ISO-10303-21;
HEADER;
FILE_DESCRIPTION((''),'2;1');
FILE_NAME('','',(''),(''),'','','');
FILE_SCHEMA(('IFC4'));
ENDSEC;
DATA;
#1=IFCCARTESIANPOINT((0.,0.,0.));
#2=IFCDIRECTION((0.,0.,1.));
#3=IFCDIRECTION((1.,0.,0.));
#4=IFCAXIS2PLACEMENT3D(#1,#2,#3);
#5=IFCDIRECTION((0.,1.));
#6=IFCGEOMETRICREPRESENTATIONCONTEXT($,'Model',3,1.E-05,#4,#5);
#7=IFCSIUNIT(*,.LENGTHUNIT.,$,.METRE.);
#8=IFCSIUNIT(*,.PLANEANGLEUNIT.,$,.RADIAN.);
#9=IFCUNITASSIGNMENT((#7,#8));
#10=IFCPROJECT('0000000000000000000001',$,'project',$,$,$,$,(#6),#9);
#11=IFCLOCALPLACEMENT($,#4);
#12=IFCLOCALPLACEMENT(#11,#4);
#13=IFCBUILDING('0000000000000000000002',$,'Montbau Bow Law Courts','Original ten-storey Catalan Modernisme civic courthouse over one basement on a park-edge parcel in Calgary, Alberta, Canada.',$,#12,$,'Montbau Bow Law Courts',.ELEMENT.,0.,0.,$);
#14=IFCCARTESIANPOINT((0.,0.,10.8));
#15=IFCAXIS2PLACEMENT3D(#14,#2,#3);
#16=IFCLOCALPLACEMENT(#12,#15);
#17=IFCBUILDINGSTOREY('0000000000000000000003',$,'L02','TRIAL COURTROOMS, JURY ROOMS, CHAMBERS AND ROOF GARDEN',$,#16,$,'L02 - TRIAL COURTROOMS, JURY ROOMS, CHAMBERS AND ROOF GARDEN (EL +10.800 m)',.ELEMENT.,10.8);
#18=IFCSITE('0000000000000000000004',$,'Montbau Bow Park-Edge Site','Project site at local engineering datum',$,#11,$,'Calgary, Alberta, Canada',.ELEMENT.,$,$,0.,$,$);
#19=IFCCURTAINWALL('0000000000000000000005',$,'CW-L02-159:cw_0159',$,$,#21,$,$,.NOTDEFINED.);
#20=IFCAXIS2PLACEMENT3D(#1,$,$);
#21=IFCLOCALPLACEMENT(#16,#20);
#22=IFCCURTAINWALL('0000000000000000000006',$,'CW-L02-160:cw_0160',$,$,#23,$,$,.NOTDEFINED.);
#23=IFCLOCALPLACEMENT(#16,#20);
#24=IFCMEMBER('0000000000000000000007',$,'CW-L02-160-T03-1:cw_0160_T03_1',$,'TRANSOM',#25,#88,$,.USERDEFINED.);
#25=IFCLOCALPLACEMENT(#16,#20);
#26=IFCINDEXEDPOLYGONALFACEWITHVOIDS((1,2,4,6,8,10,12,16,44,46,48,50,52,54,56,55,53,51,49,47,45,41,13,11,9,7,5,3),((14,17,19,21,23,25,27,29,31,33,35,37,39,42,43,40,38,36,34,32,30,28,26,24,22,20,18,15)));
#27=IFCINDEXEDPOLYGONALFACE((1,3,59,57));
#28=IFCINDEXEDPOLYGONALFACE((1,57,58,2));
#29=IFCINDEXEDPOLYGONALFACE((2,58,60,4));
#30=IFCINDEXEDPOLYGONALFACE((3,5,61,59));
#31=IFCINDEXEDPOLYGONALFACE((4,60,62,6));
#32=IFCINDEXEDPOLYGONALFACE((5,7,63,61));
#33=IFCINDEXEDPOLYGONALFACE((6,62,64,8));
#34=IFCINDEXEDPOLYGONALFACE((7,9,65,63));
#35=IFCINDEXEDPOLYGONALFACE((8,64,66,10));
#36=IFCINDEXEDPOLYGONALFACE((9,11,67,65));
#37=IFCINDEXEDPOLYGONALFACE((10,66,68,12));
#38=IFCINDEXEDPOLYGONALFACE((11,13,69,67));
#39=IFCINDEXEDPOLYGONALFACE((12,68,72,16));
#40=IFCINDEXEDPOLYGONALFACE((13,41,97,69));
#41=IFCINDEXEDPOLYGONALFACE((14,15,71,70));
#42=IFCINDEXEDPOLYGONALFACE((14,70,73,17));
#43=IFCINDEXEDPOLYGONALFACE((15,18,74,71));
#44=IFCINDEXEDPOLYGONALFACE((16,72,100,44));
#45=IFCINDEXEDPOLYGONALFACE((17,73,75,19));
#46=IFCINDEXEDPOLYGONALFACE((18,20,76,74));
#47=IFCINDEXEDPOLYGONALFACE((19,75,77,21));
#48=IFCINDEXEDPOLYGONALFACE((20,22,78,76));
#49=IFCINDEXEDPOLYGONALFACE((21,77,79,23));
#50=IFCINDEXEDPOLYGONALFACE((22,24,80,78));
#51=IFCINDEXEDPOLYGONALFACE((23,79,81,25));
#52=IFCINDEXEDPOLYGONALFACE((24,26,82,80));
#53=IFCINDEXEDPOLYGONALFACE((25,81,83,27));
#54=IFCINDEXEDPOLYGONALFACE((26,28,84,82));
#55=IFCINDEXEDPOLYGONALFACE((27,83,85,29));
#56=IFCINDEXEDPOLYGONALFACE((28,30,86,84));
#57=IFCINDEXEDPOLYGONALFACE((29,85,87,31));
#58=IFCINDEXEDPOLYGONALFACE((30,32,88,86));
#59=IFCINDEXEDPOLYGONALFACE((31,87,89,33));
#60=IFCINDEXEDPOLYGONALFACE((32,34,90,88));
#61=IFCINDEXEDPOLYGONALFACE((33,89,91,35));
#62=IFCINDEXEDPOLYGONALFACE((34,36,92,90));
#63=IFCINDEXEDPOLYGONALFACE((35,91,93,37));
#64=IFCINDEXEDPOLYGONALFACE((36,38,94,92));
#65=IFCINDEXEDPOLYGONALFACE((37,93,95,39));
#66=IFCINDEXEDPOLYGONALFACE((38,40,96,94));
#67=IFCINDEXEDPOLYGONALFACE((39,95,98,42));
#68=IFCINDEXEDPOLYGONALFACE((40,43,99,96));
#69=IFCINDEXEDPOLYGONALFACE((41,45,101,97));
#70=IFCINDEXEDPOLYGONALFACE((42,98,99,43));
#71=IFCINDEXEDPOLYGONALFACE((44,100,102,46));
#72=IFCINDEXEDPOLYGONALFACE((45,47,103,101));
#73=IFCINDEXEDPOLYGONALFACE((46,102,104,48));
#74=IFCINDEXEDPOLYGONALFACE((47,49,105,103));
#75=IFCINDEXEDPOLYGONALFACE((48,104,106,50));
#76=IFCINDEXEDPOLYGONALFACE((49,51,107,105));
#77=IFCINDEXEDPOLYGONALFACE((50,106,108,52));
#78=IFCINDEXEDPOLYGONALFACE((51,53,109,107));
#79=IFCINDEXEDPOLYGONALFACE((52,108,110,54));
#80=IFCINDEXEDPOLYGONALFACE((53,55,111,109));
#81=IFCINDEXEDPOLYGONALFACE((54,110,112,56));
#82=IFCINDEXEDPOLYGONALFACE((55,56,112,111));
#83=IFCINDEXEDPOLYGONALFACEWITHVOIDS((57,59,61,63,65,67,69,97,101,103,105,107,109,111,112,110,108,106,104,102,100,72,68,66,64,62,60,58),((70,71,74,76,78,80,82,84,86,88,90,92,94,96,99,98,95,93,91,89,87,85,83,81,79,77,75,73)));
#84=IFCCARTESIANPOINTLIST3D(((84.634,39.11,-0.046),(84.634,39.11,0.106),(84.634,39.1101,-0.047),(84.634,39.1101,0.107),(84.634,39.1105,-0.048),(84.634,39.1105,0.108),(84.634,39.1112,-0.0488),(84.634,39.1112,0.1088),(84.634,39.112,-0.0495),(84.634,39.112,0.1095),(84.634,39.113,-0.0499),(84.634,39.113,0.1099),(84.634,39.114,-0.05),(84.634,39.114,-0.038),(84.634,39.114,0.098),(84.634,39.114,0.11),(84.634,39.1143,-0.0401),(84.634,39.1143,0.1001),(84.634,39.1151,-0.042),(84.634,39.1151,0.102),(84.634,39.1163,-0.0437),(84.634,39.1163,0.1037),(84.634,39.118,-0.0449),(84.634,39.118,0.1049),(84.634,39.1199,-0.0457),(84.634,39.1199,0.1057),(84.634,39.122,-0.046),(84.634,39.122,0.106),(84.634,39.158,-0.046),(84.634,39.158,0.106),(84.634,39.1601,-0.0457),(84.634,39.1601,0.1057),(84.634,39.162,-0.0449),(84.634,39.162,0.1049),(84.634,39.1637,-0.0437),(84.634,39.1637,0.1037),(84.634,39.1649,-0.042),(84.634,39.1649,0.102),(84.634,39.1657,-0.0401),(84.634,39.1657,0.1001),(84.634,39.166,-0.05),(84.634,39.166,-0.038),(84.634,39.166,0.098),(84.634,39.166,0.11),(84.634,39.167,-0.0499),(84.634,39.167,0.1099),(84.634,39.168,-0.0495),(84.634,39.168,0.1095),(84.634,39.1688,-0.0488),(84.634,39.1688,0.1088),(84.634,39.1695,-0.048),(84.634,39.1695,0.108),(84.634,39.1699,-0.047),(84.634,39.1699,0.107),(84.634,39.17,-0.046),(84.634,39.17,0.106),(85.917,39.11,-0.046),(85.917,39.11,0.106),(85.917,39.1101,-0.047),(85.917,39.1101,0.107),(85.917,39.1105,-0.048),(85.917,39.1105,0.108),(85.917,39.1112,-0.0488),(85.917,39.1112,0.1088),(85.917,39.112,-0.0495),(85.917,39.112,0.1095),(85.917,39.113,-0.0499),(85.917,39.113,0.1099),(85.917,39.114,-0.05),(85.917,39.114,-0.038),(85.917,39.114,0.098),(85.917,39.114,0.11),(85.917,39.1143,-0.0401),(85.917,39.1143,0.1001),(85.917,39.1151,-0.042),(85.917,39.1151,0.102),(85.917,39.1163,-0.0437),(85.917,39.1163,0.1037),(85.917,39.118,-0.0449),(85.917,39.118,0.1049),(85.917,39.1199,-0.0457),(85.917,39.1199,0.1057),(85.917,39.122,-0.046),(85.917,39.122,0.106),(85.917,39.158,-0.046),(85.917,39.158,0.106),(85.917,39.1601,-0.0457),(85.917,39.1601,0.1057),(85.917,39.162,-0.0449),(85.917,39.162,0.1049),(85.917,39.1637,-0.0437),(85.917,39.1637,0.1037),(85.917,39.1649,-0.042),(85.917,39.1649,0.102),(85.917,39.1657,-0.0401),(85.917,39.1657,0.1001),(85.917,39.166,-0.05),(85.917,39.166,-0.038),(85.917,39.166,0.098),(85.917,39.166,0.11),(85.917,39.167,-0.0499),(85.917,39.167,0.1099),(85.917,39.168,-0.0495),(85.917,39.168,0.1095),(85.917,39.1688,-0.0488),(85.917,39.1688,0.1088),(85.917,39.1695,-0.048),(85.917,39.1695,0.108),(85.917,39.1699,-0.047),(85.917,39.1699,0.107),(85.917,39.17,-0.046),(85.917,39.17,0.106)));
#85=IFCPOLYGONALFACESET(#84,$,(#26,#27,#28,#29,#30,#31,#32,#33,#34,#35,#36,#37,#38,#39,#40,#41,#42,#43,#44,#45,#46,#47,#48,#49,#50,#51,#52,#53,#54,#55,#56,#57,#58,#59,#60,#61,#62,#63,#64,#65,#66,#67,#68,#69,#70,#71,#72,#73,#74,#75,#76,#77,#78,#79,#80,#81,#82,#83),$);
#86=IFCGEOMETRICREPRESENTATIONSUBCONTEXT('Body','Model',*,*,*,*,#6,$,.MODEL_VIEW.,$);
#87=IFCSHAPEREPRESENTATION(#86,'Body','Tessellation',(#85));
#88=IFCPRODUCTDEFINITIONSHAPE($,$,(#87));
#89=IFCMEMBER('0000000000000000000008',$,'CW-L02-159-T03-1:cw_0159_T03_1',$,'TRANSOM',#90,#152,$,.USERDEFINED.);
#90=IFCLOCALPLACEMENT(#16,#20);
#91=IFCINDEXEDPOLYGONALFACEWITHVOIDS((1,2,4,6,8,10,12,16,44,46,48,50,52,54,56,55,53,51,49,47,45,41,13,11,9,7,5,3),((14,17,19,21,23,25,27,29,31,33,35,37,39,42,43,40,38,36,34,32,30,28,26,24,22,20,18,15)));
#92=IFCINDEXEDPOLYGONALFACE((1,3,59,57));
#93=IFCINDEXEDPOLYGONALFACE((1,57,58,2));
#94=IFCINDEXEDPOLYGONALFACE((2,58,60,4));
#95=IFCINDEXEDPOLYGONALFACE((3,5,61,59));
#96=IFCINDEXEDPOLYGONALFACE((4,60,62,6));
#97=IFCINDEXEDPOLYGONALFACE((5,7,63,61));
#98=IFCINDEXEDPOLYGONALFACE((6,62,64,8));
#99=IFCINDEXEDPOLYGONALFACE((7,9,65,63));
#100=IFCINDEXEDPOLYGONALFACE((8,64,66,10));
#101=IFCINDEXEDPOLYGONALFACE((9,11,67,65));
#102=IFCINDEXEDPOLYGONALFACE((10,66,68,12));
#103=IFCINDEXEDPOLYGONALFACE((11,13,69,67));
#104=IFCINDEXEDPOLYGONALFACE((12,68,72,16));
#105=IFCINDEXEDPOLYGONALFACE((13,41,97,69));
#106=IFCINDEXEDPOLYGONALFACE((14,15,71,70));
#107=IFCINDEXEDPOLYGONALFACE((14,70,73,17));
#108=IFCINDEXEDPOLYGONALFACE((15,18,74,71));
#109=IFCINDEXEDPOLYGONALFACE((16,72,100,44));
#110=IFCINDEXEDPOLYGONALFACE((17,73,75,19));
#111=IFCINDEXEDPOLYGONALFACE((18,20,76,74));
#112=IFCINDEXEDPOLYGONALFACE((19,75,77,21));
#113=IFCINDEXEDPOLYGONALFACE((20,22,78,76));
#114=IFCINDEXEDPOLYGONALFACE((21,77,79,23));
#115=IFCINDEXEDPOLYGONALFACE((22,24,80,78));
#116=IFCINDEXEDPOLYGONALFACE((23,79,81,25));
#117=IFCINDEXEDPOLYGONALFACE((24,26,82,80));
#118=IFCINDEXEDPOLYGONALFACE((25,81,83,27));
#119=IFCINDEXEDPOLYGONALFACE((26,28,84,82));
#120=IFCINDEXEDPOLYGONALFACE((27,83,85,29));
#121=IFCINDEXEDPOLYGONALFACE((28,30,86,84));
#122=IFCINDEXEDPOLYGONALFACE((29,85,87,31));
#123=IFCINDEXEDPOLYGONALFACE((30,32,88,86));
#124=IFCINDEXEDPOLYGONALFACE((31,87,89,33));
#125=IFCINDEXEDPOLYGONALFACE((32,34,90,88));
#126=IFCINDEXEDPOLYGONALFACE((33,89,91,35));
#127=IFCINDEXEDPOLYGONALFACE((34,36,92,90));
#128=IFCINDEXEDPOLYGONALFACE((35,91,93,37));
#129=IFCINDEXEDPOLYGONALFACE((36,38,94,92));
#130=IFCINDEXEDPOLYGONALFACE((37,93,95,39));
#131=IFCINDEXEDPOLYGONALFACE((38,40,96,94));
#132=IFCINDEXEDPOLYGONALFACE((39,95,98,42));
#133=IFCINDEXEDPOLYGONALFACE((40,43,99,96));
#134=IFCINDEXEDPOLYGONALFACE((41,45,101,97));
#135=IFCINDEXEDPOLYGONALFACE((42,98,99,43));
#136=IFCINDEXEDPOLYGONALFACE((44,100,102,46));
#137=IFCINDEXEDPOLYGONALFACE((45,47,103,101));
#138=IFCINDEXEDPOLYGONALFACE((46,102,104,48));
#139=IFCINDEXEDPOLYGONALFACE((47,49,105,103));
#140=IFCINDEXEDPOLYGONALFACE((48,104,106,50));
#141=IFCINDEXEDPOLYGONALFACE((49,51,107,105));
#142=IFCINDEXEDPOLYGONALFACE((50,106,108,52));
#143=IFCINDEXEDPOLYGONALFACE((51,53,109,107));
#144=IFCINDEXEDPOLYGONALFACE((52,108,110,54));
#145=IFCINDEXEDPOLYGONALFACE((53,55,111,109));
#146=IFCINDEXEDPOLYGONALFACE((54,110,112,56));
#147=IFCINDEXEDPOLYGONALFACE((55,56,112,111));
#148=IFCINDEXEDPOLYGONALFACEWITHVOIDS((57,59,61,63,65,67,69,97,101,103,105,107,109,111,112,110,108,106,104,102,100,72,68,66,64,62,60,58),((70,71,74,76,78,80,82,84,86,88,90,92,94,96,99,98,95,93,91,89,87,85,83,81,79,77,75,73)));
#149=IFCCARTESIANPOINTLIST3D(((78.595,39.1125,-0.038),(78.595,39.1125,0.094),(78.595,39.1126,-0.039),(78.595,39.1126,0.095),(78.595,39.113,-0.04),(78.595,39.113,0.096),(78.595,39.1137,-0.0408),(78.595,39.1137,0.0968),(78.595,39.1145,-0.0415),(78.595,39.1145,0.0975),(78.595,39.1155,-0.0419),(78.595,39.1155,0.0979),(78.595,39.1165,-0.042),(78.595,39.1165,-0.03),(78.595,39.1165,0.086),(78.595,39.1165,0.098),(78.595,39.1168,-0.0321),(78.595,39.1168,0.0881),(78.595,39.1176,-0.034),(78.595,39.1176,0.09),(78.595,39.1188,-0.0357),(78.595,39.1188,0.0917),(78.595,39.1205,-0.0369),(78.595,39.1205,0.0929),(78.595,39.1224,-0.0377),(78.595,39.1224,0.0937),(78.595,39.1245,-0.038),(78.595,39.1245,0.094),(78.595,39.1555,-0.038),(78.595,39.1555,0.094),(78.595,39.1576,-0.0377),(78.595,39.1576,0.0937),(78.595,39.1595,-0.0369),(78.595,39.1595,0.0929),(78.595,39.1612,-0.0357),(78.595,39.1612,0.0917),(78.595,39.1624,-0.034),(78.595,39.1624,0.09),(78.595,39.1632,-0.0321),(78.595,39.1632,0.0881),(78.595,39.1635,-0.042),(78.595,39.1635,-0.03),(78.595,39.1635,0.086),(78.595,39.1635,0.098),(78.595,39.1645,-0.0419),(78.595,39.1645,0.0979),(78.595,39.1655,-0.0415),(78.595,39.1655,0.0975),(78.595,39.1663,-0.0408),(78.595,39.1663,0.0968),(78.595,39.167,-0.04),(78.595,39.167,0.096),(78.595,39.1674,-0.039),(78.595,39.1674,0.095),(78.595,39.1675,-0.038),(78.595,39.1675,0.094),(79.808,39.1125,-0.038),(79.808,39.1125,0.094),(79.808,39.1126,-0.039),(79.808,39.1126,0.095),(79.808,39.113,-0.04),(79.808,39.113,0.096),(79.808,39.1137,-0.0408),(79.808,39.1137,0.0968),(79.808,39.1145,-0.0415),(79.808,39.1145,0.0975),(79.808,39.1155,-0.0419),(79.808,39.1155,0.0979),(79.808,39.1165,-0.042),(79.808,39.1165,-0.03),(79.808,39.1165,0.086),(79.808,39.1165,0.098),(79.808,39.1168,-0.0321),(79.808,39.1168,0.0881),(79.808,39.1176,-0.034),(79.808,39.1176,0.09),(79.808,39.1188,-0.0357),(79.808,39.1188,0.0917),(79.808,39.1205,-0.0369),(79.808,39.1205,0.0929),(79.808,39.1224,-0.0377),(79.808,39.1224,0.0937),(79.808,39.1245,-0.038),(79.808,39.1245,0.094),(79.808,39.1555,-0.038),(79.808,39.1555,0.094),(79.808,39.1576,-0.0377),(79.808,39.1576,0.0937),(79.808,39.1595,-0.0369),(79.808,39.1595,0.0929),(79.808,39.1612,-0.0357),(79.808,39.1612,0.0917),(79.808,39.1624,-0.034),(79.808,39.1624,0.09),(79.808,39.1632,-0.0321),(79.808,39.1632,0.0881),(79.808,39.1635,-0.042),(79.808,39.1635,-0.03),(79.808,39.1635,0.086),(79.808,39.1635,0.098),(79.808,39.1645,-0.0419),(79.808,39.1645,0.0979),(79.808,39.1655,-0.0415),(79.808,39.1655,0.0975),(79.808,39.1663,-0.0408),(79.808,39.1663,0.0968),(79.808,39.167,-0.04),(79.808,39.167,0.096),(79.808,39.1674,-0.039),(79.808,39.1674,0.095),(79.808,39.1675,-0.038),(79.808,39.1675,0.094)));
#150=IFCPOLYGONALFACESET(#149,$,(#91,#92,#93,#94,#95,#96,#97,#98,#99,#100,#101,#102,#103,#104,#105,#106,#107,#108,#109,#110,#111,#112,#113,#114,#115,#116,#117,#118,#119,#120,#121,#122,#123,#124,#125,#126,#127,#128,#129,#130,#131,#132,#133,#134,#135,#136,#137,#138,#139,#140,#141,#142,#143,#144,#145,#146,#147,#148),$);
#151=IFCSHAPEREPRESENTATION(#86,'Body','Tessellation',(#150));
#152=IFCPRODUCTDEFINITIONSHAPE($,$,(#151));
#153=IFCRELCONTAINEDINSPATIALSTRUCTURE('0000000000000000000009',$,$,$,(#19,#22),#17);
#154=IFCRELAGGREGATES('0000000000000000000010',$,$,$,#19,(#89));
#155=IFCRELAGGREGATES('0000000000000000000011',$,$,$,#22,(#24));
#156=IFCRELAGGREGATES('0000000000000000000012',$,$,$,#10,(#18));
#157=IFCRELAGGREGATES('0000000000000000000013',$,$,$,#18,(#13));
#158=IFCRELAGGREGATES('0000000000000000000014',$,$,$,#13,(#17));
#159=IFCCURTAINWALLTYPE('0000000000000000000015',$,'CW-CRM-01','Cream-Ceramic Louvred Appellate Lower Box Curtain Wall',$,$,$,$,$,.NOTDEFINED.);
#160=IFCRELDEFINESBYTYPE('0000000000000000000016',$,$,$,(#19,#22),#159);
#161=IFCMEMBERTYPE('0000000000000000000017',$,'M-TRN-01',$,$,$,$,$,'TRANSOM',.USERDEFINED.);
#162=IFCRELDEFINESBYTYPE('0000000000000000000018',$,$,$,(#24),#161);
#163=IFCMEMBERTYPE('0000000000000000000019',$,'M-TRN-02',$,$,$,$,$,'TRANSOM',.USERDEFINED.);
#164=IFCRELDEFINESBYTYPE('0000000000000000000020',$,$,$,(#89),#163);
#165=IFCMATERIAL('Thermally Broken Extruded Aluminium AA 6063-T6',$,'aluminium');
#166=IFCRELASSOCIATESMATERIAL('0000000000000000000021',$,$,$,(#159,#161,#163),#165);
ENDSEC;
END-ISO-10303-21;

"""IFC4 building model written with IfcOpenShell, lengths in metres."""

from ifc_helpers import new_model, si_unit, direction, frame, origin_with_axes, origin_2d_with_axis, place, context, subcontext, project, spatial, hollow_rectangle, extrude, material, material_profile, profile_set, type_object, element, aggregate, save


model = new_model("IFC4")

# Units and contexts
model_context = context("Model", 3, precision=1e-05, world=origin_with_axes(), true_north=direction((0.0, 1.0)))
body_context = subcontext(model_context, "Body", "Model", "MODEL_VIEW")
ifc_project = project(units=[si_unit("LENGTHUNIT", "METRE"), si_unit("PLANEANGLEUNIT", "RADIAN")], contexts=[model_context])

# Site, building, storey
site_placement = place(None, origin_with_axes())
site = spatial("IfcSite", under=ifc_project, at=site_placement, Name="Montbau Bow Park-Edge Site", Description="Project site at local engineering datum", LongName="Calgary, Alberta, Canada", CompositionType="ELEMENT", RefElevation=0.0)
building_placement = place(site_placement, origin_with_axes())
building = spatial("IfcBuilding", under=site, at=building_placement, Name="Montbau Bow Law Courts", Description="Original ten-storey Catalan Modernisme civic courthouse over one basement on a park-edge parcel in Calgary, Alberta, Canada.", LongName="Montbau Bow Law Courts", CompositionType="ELEMENT", ElevationOfRefHeight=0.0, ElevationOfTerrain=0.0)
storey_placement = place(building_placement, frame((0.0, 0.0, 10.8), z_axis=(0.0, 0.0, 1.0), x_axis=(1.0, 0.0, 0.0)))
storey = spatial("IfcBuildingStorey", under=building, at=storey_placement, Name="L02", Description="TRIAL COURTROOMS, JURY ROOMS, CHAMBERS AND ROOF GARDEN", LongName="L02 - TRIAL COURTROOMS, JURY ROOMS, CHAMBERS AND ROOF GARDEN (EL +10.800 m)", CompositionType="ELEMENT", Elevation=10.8)

# Curtain wall
ifc_material_1 = material(Name="Thermally Broken Extruded Aluminium AA 6063-T6", Category="aluminium")
curtain_wall_type = type_object("IfcCurtainWallType", Name="CW-CRM-01", Description="Cream-Ceramic Louvred Appellate Lower Box Curtain Wall", PredefinedType="NOTDEFINED", material=ifc_material_1)
curtain_wall_1_placement = place(None, frame((75.897, 39.14, 10.8), z_axis=(0.0, 0.0, 1.0), x_axis=(1.0, 0.0, 0.0)))
curtain_wall_1 = element("IfcCurtainWall", 1, at=curtain_wall_1_placement, inside=storey, type_object=curtain_wall_type, Name="CW-L02-159:cw_0159", PredefinedType="NOTDEFINED")

# Curtain wall, member
curtain_wall_2_placement = place(None, frame((81.897, 39.14, 10.8), z_axis=(0.0, 0.0, 1.0), x_axis=(1.0, 0.0, 0.0)))
curtain_wall_2 = element("IfcCurtainWall", 2, at=curtain_wall_2_placement, inside=storey, type_object=curtain_wall_type, Name="CW-L02-160:cw_0160", PredefinedType="NOTDEFINED")
ifc_material_profile_1 = material_profile(ifc_material_1, hollow_rectangle(XDim=0.06, YDim=0.16, WallThickness=0.004, InnerFilletRadius=0.008, OuterFilletRadius=0.004, at=origin_2d_with_axis()), Name="CWT-160X60", Category="Main", Priority=0)
ifc_profile_set_1 = profile_set([ifc_material_profile_1], Name="Thermally Broken Extruded Aluminium AA 6063-T6")
member_type_1 = type_object("IfcMemberType", Name="M-TRN-01", ElementType="TRANSOM", PredefinedType="USERDEFINED", material=ifc_profile_set_1)
member_1_placement = place(None, frame((84.634, 39.14, 10.83), z_axis=(1.0, 0.0, 0.0), x_axis=(0.0, 1.0, 0.0)))
member_1 = element("IfcMember", 3, at=member_1_placement, type_object=member_type_1, Name="CW-L02-160-T03-1:cw_0160_T03_1", ObjectType="TRANSOM", PredefinedType="USERDEFINED", context=body_context, shape_type="SweptSolid", body=[
    extrude(hollow_rectangle(XDim=0.06, YDim=0.16, WallThickness=0.004, InnerFilletRadius=0.008, OuterFilletRadius=0.004, at=origin_2d_with_axis()), origin_with_axes(), (0.0, 0.0, 1.0), 1.283),
])

# Member
ifc_material_profile_2 = material_profile(ifc_material_1, hollow_rectangle(XDim=0.055, YDim=0.14, WallThickness=0.004, InnerFilletRadius=0.008, OuterFilletRadius=0.004, at=origin_2d_with_axis()), Name="CWT-140X55", Category="Main", Priority=0)
ifc_profile_set_2 = profile_set([ifc_material_profile_2], Name="Thermally Broken Extruded Aluminium AA 6063-T6")
member_type_2 = type_object("IfcMemberType", Name="M-TRN-02", ElementType="TRANSOM", PredefinedType="USERDEFINED", material=ifc_profile_set_2)
member_2_placement = place(None, frame((78.595, 39.14, 10.828), z_axis=(1.0, 0.0, 0.0), x_axis=(0.0, 1.0, 0.0)))
member_2 = element("IfcMember", 4, at=member_2_placement, type_object=member_type_2, Name="CW-L02-159-T03-1:cw_0159_T03_1", ObjectType="TRANSOM", PredefinedType="USERDEFINED", context=body_context, shape_type="SweptSolid", body=[
    extrude(hollow_rectangle(XDim=0.055, YDim=0.14, WallThickness=0.004, InnerFilletRadius=0.008, OuterFilletRadius=0.004, at=origin_2d_with_axis()), origin_with_axes(), (0.0, 0.0, 1.0), 1.213),
])
aggregate(curtain_wall_1, [member_2])

aggregate(curtain_wall_2, [member_1])

save(model, "model.ifc")
